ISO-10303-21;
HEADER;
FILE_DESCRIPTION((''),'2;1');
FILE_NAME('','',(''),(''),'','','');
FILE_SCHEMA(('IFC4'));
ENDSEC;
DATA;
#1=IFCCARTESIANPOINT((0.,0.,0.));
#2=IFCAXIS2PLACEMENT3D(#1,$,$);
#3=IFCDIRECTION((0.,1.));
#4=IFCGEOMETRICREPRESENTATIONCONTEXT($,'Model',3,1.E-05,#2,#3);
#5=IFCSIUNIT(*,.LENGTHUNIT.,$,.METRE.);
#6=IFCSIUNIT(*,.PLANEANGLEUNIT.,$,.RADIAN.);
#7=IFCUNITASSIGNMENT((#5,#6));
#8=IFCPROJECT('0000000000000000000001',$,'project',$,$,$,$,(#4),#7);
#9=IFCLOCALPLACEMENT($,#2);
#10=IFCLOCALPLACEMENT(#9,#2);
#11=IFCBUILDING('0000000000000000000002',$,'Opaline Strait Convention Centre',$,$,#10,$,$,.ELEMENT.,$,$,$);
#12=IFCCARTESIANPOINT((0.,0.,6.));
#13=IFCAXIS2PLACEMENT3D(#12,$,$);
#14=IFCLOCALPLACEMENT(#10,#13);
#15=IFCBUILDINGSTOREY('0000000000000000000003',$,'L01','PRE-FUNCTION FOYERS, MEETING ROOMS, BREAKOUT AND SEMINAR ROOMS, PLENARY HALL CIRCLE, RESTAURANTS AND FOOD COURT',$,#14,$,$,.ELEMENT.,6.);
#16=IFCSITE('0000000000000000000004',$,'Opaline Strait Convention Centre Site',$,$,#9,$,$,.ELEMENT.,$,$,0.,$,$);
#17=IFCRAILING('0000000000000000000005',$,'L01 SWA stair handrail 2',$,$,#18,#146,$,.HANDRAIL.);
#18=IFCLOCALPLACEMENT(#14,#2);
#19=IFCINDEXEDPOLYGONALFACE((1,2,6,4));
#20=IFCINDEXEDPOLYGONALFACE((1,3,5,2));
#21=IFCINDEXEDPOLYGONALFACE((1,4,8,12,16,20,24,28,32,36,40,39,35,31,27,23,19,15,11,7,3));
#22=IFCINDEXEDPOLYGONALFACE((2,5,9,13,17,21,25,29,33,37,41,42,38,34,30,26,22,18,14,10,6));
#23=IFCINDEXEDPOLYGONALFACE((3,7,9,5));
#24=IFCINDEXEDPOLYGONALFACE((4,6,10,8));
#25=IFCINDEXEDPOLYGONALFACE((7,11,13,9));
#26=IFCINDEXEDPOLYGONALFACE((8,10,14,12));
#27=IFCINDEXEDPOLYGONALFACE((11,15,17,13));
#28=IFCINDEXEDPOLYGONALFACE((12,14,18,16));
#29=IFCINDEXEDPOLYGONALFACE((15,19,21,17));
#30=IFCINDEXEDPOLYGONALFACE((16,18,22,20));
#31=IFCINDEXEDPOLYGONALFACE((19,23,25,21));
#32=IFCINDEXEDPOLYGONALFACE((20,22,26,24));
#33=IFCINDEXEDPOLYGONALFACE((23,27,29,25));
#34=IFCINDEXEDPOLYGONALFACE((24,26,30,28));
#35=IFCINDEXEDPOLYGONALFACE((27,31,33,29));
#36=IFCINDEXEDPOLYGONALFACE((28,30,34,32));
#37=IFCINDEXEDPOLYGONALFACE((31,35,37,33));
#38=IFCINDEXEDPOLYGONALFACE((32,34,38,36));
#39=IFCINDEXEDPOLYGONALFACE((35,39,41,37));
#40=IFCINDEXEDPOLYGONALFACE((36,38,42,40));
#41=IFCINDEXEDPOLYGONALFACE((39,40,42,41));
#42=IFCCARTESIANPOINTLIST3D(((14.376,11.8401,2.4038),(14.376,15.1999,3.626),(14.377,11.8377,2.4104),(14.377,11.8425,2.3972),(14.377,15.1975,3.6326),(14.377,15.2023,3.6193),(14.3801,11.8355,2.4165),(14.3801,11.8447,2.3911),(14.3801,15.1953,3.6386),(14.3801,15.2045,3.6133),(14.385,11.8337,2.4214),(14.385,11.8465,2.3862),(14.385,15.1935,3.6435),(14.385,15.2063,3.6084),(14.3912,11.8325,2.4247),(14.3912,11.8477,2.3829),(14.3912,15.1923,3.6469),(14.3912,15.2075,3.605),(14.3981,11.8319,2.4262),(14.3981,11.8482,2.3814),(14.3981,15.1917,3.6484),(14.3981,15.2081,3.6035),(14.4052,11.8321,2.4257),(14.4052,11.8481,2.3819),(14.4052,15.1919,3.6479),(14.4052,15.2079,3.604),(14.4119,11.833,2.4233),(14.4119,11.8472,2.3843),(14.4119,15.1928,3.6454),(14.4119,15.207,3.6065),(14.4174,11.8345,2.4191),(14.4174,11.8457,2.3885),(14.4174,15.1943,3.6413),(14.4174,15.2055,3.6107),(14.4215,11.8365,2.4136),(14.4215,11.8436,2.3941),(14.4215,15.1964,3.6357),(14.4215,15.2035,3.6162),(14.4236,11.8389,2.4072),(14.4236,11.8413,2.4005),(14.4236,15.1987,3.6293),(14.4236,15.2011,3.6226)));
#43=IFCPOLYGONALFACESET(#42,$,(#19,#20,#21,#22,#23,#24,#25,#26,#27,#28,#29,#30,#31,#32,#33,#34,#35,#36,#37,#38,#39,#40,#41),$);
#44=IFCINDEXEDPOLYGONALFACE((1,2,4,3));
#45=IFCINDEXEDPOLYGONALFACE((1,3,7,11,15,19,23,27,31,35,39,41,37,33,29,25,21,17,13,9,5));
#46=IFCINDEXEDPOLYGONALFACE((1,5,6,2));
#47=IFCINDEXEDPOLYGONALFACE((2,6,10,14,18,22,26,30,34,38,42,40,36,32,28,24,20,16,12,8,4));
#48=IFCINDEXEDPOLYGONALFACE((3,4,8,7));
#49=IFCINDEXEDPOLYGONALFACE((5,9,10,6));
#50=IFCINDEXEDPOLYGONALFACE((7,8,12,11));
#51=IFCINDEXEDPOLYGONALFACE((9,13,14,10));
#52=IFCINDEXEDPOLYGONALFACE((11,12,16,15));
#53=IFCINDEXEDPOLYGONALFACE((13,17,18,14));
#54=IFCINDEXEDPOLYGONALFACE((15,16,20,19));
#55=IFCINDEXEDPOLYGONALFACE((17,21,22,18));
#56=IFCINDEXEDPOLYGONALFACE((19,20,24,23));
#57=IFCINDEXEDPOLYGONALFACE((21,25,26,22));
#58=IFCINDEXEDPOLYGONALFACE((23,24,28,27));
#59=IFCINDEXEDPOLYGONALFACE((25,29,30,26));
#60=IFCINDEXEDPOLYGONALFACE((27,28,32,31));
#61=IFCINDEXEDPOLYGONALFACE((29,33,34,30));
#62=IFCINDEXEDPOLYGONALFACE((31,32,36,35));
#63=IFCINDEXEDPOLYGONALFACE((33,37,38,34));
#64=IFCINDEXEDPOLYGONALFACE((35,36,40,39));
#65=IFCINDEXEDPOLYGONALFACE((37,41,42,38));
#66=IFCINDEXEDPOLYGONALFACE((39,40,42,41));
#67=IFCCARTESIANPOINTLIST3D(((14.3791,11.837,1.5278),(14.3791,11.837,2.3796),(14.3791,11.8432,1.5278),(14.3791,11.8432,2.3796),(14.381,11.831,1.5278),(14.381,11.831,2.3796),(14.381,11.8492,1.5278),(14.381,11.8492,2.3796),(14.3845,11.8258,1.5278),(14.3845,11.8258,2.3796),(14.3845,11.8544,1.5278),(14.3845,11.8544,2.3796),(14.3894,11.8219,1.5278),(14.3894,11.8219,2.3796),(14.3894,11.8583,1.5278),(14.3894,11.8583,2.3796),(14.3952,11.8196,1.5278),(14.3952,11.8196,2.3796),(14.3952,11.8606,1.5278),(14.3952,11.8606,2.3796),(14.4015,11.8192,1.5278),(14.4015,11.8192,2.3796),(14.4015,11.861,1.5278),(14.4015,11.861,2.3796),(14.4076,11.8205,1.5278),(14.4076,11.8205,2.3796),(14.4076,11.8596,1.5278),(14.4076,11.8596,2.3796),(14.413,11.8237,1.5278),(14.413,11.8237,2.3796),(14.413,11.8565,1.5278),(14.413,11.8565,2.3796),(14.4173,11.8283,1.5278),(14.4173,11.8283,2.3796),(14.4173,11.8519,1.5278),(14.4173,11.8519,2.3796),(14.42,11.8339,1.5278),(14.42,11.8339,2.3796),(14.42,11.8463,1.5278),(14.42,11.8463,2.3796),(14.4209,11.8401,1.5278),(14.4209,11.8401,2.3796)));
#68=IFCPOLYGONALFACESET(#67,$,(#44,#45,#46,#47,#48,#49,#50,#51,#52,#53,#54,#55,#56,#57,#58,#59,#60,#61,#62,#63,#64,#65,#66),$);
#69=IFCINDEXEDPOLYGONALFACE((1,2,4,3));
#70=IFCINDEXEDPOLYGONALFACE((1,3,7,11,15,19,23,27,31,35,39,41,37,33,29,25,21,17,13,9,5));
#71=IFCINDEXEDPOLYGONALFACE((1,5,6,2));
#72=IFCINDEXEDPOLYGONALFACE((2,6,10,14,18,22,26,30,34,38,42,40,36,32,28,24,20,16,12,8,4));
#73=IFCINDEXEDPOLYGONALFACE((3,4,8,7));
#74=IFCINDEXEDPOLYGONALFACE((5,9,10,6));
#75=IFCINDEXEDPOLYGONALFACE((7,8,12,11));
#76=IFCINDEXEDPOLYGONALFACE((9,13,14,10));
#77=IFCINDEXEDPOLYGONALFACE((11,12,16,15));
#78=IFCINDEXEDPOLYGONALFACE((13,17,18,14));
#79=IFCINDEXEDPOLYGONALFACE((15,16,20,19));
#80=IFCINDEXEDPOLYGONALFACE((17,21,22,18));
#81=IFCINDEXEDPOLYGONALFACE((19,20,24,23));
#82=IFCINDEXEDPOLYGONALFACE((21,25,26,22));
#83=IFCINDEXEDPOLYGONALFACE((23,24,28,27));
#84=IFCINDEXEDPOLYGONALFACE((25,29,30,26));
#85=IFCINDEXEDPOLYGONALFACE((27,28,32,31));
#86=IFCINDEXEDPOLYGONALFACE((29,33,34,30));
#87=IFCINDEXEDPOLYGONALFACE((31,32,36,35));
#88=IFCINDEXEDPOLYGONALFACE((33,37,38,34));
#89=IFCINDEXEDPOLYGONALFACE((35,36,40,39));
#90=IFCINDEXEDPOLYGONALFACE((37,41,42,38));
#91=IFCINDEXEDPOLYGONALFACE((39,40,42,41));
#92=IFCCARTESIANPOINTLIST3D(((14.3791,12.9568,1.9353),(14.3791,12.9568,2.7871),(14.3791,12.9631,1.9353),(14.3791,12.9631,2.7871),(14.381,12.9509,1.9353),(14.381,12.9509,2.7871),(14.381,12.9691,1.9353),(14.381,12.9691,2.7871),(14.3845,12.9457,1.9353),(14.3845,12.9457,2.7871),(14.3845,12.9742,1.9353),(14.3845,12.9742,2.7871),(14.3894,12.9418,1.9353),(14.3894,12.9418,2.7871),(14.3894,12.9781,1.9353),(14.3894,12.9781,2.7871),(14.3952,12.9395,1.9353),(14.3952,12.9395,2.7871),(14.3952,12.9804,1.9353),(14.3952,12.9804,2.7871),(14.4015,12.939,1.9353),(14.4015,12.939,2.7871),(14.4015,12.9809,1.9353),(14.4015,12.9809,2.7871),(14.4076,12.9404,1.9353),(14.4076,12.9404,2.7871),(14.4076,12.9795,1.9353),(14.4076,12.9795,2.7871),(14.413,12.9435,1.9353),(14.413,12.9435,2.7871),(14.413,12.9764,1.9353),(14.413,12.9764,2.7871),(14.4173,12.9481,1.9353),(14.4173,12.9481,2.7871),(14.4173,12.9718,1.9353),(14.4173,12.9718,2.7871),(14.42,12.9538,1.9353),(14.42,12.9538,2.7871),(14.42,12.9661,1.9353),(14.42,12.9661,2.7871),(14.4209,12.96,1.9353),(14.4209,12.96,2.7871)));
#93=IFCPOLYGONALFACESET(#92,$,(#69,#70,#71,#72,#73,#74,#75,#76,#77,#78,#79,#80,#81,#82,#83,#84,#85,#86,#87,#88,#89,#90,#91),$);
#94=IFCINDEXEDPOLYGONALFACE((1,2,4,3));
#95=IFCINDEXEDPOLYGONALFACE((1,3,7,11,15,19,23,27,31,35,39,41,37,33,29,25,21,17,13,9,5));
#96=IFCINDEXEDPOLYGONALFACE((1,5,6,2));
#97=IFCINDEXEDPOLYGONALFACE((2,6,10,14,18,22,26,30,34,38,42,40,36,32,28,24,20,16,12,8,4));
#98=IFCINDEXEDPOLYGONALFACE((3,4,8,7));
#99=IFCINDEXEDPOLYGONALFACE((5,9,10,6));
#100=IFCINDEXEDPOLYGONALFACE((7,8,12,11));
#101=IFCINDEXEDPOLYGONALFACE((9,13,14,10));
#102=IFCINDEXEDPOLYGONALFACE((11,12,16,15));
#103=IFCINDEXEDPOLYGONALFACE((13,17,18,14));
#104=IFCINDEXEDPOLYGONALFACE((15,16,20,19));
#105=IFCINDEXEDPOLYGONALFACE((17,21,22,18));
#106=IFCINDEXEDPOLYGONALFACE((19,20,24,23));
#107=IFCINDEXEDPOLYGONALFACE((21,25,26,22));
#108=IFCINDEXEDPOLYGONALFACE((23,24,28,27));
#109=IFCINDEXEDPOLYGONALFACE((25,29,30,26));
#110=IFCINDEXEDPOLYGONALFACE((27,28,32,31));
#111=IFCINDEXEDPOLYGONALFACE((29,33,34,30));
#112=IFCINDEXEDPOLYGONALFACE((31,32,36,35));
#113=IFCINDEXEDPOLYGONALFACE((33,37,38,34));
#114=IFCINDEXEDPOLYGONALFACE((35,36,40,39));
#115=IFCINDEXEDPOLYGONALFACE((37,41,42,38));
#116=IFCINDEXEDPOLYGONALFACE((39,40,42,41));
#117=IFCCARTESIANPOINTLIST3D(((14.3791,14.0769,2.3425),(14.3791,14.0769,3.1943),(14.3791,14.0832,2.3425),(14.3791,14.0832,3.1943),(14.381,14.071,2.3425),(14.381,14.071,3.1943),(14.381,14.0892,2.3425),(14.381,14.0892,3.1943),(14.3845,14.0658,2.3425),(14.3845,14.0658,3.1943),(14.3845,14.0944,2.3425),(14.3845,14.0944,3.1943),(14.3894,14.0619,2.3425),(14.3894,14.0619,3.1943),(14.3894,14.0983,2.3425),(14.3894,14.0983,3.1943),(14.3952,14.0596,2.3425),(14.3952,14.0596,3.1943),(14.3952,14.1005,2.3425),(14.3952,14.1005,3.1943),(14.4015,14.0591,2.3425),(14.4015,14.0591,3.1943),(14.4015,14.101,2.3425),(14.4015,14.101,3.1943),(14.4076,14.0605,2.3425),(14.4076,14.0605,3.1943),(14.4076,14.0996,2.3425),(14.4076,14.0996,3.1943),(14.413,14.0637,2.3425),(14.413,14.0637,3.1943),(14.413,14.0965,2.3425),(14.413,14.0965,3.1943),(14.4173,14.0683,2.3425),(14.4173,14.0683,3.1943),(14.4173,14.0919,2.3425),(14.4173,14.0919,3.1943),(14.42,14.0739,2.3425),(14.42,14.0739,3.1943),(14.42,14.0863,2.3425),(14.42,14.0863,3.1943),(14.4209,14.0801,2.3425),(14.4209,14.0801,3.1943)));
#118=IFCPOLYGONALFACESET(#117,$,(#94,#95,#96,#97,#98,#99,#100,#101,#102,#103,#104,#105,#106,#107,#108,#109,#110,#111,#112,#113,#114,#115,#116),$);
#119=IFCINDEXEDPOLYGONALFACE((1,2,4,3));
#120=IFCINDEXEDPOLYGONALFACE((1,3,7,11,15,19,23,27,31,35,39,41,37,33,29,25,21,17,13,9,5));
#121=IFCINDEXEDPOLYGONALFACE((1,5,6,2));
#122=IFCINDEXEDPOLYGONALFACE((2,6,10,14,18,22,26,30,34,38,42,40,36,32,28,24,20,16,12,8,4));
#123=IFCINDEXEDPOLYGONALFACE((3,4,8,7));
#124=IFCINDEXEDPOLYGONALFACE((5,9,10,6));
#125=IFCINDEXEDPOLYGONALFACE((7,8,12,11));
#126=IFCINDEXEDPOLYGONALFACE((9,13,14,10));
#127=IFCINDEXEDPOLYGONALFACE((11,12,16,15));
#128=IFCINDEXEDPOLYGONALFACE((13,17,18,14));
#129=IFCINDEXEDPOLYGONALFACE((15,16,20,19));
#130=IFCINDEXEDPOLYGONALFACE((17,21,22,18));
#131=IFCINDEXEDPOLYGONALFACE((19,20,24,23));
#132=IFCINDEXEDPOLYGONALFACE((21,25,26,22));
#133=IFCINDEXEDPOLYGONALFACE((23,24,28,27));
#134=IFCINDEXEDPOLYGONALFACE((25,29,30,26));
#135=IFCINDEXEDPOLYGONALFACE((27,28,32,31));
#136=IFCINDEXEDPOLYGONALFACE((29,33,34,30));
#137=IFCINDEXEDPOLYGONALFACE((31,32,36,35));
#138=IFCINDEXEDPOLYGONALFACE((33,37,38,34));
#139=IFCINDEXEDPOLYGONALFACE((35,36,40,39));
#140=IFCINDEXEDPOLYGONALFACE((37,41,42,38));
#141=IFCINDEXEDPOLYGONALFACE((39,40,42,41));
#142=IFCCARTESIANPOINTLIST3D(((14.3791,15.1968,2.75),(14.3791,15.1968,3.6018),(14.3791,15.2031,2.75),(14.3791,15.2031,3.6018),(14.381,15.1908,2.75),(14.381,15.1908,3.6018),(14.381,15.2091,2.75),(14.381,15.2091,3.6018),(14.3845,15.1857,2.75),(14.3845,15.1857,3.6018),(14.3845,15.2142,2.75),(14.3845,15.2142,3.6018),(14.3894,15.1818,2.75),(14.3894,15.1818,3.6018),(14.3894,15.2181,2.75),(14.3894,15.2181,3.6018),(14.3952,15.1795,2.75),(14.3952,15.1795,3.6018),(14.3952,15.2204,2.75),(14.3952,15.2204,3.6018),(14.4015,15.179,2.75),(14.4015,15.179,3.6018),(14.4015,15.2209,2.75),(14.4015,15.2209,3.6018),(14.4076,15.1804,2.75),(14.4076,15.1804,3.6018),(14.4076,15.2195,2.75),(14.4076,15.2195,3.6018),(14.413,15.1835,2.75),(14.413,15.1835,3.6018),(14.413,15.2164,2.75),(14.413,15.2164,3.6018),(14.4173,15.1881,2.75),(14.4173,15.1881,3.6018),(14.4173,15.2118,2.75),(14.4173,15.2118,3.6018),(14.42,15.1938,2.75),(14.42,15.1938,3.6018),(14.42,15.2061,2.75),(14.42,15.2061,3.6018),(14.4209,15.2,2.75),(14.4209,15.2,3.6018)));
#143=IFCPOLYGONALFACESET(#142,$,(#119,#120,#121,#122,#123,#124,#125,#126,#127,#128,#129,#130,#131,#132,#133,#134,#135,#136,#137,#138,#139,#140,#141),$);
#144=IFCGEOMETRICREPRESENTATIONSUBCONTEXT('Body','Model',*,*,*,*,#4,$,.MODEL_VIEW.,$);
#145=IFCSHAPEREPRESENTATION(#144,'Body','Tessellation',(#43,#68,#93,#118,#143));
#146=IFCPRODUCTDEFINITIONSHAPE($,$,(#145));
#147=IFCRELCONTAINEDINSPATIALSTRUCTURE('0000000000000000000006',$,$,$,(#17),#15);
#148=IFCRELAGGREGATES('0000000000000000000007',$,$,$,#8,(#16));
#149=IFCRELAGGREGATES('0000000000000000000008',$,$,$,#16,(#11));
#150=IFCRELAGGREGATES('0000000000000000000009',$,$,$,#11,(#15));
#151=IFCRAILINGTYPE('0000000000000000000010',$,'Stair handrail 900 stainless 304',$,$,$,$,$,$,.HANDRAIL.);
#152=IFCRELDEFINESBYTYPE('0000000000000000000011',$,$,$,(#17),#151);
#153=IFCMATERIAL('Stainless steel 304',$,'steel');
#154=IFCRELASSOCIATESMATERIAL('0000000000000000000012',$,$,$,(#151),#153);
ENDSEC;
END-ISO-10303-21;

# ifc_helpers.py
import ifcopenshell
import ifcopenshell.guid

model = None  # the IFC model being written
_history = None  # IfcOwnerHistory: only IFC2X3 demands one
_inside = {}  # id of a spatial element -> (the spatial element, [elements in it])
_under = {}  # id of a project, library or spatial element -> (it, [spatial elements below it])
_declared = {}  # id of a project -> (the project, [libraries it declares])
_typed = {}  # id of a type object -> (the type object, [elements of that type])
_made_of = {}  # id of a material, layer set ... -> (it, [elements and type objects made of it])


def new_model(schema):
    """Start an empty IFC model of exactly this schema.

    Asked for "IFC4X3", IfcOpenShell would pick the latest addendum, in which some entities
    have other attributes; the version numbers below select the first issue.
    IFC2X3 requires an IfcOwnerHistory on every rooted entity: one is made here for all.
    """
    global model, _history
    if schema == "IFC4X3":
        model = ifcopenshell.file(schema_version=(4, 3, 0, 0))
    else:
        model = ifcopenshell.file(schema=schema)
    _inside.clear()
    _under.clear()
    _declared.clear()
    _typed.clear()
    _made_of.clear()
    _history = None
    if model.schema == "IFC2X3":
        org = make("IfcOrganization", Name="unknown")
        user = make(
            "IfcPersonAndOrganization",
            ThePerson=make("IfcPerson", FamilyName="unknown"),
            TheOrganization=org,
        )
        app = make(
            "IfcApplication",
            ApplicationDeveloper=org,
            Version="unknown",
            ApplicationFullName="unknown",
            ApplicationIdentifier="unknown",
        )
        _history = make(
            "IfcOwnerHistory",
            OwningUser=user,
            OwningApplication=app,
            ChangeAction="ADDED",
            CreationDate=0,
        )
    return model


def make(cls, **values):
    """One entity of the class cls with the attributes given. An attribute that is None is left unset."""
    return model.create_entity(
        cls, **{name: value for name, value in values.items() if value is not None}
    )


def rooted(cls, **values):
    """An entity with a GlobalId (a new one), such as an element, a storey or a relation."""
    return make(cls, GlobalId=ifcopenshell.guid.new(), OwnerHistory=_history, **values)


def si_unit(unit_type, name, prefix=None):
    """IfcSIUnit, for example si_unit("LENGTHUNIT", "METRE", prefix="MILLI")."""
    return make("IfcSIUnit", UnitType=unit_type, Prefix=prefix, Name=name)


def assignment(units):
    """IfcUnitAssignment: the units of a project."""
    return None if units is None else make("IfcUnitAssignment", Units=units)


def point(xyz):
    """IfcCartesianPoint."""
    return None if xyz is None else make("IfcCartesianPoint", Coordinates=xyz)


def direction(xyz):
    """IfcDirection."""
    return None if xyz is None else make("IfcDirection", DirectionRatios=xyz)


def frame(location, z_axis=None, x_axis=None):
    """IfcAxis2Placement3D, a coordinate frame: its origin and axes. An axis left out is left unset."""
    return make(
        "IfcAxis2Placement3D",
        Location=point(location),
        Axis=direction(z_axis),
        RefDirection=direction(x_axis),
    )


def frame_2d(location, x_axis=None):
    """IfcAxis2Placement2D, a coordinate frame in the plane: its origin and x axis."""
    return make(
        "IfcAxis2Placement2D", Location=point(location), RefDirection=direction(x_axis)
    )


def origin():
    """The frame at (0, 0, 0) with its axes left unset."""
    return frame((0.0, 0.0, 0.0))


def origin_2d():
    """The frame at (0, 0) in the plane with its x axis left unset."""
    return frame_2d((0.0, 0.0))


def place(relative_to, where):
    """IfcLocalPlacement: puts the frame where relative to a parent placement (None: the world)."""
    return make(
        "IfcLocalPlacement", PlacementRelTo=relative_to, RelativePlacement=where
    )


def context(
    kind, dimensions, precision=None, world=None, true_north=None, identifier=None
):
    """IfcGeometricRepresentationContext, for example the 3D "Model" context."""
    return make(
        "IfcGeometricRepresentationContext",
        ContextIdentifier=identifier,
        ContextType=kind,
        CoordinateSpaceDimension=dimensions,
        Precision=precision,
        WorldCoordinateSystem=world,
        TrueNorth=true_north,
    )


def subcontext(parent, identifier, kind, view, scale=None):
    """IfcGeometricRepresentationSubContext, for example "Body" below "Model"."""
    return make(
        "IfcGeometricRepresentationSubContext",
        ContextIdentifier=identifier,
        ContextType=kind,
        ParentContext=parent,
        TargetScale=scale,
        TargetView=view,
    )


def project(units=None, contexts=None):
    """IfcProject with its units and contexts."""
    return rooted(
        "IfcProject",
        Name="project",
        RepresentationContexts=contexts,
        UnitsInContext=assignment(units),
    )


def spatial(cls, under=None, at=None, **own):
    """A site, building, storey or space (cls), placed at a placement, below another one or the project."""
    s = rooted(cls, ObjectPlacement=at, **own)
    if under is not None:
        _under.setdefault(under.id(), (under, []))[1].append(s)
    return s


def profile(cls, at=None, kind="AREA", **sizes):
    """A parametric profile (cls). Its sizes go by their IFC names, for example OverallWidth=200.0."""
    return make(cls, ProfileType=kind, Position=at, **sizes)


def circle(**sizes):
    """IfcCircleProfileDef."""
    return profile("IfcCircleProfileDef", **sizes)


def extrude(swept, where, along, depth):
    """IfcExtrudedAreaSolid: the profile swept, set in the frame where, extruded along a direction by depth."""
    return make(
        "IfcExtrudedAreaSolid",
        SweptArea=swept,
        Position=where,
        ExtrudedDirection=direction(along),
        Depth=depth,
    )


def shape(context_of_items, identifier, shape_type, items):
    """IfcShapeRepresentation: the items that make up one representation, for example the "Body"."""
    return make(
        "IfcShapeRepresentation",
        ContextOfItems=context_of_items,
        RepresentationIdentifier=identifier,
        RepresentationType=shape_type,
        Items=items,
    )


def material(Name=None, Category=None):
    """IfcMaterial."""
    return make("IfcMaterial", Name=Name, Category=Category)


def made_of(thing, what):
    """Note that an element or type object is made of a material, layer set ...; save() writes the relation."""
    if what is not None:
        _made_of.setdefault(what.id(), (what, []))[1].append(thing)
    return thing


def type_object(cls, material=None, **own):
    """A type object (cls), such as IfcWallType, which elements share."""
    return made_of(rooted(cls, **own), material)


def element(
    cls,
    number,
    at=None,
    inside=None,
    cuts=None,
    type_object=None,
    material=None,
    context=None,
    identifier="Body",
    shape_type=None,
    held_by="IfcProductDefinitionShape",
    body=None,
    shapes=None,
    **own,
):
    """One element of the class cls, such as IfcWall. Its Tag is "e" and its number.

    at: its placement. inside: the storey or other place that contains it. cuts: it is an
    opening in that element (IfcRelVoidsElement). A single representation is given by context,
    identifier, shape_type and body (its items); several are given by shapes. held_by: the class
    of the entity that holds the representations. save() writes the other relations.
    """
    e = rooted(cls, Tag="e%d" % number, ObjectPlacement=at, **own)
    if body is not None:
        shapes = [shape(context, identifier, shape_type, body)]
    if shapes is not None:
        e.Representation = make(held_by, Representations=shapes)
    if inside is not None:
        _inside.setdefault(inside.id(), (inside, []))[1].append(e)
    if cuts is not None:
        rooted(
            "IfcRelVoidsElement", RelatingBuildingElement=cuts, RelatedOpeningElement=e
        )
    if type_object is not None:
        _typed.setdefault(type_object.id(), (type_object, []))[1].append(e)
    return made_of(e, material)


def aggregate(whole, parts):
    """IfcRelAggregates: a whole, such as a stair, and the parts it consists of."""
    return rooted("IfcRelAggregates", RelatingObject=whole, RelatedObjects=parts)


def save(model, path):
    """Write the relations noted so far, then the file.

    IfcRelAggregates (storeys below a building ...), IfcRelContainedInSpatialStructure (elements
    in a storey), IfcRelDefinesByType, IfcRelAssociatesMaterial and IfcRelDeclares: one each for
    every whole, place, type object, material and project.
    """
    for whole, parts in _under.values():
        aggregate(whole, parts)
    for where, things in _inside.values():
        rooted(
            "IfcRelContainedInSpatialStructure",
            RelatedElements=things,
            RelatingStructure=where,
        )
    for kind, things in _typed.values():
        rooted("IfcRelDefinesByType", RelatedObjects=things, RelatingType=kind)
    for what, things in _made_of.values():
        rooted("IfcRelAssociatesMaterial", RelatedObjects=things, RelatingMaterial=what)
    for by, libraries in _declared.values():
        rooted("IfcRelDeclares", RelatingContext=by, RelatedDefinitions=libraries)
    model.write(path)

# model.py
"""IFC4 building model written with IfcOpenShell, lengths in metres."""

from ifc_helpers import new_model, si_unit, direction, frame, origin, origin_2d, place, context, subcontext, project, spatial, circle, extrude, material, type_object, element, save


model = new_model("IFC4")

# Units and contexts
model_context = context("Model", 3, precision=1e-05, world=origin(), true_north=direction((0.0, 1.0)))
body_context = subcontext(model_context, "Body", "Model", "MODEL_VIEW")
ifc_project = project(units=[si_unit("LENGTHUNIT", "METRE"), si_unit("PLANEANGLEUNIT", "RADIAN")], contexts=[model_context])

# Site, building, storey
site_placement = place(None, origin())
site = spatial("IfcSite", under=ifc_project, at=site_placement, Name="Opaline Strait Convention Centre Site", CompositionType="ELEMENT", RefElevation=0.0)
building_placement = place(site_placement, origin())
building = spatial("IfcBuilding", under=site, at=building_placement, Name="Opaline Strait Convention Centre", CompositionType="ELEMENT")
storey_placement = place(building_placement, frame((0.0, 0.0, 6.0)))
storey = spatial("IfcBuildingStorey", under=building, at=storey_placement, Name="L01", Description="PRE-FUNCTION FOYERS, MEETING ROOMS, BREAKOUT AND SEMINAR ROOMS, PLENARY HALL CIRCLE, RESTAURANTS AND FOOD COURT", CompositionType="ELEMENT", Elevation=6.0)

# Railing
ifc_material_1 = material(Name="Stainless steel 304", Category="steel")
railing_type_1 = type_object("IfcRailingType", Name="Stair handrail 900 stainless 304", PredefinedType="HANDRAIL", material=ifc_material_1)
railing_1_placement = place(storey_placement, frame((14.3999, 11.8401, 1.5278)))
element("IfcRailing", 1, at=railing_1_placement, inside=storey, type_object=railing_type_1, Name="L01 SWA stair handrail 2", PredefinedType="HANDRAIL", context=body_context, shape_type="SweptSolid", body=[
    extrude(circle(Radius=0.0239, at=origin_2d()), frame((0.0, 0.0, 0.876), z_axis=(0.0, 0.939758, 0.341842), x_axis=(-1.0, 0.0, 0.0)), (0.0, 0.0, 1.0), 3.5752),
    extrude(circle(Radius=0.021, at=origin_2d()), origin(), (0.0, 0.0, 1.0), 0.8518),
    extrude(circle(Radius=0.021, at=origin_2d()), frame((0.0, 1.1199, 0.4075)), (0.0, 0.0, 1.0), 0.8518),
    extrude(circle(Radius=0.021, at=origin_2d()), frame((0.0, 2.24, 0.8147)), (0.0, 0.0, 1.0), 0.8518),
    extrude(circle(Radius=0.021, at=origin_2d()), frame((0.0, 3.3599, 1.2222)), (0.0, 0.0, 1.0), 0.8518),
])

save(model, "model.ifc")
